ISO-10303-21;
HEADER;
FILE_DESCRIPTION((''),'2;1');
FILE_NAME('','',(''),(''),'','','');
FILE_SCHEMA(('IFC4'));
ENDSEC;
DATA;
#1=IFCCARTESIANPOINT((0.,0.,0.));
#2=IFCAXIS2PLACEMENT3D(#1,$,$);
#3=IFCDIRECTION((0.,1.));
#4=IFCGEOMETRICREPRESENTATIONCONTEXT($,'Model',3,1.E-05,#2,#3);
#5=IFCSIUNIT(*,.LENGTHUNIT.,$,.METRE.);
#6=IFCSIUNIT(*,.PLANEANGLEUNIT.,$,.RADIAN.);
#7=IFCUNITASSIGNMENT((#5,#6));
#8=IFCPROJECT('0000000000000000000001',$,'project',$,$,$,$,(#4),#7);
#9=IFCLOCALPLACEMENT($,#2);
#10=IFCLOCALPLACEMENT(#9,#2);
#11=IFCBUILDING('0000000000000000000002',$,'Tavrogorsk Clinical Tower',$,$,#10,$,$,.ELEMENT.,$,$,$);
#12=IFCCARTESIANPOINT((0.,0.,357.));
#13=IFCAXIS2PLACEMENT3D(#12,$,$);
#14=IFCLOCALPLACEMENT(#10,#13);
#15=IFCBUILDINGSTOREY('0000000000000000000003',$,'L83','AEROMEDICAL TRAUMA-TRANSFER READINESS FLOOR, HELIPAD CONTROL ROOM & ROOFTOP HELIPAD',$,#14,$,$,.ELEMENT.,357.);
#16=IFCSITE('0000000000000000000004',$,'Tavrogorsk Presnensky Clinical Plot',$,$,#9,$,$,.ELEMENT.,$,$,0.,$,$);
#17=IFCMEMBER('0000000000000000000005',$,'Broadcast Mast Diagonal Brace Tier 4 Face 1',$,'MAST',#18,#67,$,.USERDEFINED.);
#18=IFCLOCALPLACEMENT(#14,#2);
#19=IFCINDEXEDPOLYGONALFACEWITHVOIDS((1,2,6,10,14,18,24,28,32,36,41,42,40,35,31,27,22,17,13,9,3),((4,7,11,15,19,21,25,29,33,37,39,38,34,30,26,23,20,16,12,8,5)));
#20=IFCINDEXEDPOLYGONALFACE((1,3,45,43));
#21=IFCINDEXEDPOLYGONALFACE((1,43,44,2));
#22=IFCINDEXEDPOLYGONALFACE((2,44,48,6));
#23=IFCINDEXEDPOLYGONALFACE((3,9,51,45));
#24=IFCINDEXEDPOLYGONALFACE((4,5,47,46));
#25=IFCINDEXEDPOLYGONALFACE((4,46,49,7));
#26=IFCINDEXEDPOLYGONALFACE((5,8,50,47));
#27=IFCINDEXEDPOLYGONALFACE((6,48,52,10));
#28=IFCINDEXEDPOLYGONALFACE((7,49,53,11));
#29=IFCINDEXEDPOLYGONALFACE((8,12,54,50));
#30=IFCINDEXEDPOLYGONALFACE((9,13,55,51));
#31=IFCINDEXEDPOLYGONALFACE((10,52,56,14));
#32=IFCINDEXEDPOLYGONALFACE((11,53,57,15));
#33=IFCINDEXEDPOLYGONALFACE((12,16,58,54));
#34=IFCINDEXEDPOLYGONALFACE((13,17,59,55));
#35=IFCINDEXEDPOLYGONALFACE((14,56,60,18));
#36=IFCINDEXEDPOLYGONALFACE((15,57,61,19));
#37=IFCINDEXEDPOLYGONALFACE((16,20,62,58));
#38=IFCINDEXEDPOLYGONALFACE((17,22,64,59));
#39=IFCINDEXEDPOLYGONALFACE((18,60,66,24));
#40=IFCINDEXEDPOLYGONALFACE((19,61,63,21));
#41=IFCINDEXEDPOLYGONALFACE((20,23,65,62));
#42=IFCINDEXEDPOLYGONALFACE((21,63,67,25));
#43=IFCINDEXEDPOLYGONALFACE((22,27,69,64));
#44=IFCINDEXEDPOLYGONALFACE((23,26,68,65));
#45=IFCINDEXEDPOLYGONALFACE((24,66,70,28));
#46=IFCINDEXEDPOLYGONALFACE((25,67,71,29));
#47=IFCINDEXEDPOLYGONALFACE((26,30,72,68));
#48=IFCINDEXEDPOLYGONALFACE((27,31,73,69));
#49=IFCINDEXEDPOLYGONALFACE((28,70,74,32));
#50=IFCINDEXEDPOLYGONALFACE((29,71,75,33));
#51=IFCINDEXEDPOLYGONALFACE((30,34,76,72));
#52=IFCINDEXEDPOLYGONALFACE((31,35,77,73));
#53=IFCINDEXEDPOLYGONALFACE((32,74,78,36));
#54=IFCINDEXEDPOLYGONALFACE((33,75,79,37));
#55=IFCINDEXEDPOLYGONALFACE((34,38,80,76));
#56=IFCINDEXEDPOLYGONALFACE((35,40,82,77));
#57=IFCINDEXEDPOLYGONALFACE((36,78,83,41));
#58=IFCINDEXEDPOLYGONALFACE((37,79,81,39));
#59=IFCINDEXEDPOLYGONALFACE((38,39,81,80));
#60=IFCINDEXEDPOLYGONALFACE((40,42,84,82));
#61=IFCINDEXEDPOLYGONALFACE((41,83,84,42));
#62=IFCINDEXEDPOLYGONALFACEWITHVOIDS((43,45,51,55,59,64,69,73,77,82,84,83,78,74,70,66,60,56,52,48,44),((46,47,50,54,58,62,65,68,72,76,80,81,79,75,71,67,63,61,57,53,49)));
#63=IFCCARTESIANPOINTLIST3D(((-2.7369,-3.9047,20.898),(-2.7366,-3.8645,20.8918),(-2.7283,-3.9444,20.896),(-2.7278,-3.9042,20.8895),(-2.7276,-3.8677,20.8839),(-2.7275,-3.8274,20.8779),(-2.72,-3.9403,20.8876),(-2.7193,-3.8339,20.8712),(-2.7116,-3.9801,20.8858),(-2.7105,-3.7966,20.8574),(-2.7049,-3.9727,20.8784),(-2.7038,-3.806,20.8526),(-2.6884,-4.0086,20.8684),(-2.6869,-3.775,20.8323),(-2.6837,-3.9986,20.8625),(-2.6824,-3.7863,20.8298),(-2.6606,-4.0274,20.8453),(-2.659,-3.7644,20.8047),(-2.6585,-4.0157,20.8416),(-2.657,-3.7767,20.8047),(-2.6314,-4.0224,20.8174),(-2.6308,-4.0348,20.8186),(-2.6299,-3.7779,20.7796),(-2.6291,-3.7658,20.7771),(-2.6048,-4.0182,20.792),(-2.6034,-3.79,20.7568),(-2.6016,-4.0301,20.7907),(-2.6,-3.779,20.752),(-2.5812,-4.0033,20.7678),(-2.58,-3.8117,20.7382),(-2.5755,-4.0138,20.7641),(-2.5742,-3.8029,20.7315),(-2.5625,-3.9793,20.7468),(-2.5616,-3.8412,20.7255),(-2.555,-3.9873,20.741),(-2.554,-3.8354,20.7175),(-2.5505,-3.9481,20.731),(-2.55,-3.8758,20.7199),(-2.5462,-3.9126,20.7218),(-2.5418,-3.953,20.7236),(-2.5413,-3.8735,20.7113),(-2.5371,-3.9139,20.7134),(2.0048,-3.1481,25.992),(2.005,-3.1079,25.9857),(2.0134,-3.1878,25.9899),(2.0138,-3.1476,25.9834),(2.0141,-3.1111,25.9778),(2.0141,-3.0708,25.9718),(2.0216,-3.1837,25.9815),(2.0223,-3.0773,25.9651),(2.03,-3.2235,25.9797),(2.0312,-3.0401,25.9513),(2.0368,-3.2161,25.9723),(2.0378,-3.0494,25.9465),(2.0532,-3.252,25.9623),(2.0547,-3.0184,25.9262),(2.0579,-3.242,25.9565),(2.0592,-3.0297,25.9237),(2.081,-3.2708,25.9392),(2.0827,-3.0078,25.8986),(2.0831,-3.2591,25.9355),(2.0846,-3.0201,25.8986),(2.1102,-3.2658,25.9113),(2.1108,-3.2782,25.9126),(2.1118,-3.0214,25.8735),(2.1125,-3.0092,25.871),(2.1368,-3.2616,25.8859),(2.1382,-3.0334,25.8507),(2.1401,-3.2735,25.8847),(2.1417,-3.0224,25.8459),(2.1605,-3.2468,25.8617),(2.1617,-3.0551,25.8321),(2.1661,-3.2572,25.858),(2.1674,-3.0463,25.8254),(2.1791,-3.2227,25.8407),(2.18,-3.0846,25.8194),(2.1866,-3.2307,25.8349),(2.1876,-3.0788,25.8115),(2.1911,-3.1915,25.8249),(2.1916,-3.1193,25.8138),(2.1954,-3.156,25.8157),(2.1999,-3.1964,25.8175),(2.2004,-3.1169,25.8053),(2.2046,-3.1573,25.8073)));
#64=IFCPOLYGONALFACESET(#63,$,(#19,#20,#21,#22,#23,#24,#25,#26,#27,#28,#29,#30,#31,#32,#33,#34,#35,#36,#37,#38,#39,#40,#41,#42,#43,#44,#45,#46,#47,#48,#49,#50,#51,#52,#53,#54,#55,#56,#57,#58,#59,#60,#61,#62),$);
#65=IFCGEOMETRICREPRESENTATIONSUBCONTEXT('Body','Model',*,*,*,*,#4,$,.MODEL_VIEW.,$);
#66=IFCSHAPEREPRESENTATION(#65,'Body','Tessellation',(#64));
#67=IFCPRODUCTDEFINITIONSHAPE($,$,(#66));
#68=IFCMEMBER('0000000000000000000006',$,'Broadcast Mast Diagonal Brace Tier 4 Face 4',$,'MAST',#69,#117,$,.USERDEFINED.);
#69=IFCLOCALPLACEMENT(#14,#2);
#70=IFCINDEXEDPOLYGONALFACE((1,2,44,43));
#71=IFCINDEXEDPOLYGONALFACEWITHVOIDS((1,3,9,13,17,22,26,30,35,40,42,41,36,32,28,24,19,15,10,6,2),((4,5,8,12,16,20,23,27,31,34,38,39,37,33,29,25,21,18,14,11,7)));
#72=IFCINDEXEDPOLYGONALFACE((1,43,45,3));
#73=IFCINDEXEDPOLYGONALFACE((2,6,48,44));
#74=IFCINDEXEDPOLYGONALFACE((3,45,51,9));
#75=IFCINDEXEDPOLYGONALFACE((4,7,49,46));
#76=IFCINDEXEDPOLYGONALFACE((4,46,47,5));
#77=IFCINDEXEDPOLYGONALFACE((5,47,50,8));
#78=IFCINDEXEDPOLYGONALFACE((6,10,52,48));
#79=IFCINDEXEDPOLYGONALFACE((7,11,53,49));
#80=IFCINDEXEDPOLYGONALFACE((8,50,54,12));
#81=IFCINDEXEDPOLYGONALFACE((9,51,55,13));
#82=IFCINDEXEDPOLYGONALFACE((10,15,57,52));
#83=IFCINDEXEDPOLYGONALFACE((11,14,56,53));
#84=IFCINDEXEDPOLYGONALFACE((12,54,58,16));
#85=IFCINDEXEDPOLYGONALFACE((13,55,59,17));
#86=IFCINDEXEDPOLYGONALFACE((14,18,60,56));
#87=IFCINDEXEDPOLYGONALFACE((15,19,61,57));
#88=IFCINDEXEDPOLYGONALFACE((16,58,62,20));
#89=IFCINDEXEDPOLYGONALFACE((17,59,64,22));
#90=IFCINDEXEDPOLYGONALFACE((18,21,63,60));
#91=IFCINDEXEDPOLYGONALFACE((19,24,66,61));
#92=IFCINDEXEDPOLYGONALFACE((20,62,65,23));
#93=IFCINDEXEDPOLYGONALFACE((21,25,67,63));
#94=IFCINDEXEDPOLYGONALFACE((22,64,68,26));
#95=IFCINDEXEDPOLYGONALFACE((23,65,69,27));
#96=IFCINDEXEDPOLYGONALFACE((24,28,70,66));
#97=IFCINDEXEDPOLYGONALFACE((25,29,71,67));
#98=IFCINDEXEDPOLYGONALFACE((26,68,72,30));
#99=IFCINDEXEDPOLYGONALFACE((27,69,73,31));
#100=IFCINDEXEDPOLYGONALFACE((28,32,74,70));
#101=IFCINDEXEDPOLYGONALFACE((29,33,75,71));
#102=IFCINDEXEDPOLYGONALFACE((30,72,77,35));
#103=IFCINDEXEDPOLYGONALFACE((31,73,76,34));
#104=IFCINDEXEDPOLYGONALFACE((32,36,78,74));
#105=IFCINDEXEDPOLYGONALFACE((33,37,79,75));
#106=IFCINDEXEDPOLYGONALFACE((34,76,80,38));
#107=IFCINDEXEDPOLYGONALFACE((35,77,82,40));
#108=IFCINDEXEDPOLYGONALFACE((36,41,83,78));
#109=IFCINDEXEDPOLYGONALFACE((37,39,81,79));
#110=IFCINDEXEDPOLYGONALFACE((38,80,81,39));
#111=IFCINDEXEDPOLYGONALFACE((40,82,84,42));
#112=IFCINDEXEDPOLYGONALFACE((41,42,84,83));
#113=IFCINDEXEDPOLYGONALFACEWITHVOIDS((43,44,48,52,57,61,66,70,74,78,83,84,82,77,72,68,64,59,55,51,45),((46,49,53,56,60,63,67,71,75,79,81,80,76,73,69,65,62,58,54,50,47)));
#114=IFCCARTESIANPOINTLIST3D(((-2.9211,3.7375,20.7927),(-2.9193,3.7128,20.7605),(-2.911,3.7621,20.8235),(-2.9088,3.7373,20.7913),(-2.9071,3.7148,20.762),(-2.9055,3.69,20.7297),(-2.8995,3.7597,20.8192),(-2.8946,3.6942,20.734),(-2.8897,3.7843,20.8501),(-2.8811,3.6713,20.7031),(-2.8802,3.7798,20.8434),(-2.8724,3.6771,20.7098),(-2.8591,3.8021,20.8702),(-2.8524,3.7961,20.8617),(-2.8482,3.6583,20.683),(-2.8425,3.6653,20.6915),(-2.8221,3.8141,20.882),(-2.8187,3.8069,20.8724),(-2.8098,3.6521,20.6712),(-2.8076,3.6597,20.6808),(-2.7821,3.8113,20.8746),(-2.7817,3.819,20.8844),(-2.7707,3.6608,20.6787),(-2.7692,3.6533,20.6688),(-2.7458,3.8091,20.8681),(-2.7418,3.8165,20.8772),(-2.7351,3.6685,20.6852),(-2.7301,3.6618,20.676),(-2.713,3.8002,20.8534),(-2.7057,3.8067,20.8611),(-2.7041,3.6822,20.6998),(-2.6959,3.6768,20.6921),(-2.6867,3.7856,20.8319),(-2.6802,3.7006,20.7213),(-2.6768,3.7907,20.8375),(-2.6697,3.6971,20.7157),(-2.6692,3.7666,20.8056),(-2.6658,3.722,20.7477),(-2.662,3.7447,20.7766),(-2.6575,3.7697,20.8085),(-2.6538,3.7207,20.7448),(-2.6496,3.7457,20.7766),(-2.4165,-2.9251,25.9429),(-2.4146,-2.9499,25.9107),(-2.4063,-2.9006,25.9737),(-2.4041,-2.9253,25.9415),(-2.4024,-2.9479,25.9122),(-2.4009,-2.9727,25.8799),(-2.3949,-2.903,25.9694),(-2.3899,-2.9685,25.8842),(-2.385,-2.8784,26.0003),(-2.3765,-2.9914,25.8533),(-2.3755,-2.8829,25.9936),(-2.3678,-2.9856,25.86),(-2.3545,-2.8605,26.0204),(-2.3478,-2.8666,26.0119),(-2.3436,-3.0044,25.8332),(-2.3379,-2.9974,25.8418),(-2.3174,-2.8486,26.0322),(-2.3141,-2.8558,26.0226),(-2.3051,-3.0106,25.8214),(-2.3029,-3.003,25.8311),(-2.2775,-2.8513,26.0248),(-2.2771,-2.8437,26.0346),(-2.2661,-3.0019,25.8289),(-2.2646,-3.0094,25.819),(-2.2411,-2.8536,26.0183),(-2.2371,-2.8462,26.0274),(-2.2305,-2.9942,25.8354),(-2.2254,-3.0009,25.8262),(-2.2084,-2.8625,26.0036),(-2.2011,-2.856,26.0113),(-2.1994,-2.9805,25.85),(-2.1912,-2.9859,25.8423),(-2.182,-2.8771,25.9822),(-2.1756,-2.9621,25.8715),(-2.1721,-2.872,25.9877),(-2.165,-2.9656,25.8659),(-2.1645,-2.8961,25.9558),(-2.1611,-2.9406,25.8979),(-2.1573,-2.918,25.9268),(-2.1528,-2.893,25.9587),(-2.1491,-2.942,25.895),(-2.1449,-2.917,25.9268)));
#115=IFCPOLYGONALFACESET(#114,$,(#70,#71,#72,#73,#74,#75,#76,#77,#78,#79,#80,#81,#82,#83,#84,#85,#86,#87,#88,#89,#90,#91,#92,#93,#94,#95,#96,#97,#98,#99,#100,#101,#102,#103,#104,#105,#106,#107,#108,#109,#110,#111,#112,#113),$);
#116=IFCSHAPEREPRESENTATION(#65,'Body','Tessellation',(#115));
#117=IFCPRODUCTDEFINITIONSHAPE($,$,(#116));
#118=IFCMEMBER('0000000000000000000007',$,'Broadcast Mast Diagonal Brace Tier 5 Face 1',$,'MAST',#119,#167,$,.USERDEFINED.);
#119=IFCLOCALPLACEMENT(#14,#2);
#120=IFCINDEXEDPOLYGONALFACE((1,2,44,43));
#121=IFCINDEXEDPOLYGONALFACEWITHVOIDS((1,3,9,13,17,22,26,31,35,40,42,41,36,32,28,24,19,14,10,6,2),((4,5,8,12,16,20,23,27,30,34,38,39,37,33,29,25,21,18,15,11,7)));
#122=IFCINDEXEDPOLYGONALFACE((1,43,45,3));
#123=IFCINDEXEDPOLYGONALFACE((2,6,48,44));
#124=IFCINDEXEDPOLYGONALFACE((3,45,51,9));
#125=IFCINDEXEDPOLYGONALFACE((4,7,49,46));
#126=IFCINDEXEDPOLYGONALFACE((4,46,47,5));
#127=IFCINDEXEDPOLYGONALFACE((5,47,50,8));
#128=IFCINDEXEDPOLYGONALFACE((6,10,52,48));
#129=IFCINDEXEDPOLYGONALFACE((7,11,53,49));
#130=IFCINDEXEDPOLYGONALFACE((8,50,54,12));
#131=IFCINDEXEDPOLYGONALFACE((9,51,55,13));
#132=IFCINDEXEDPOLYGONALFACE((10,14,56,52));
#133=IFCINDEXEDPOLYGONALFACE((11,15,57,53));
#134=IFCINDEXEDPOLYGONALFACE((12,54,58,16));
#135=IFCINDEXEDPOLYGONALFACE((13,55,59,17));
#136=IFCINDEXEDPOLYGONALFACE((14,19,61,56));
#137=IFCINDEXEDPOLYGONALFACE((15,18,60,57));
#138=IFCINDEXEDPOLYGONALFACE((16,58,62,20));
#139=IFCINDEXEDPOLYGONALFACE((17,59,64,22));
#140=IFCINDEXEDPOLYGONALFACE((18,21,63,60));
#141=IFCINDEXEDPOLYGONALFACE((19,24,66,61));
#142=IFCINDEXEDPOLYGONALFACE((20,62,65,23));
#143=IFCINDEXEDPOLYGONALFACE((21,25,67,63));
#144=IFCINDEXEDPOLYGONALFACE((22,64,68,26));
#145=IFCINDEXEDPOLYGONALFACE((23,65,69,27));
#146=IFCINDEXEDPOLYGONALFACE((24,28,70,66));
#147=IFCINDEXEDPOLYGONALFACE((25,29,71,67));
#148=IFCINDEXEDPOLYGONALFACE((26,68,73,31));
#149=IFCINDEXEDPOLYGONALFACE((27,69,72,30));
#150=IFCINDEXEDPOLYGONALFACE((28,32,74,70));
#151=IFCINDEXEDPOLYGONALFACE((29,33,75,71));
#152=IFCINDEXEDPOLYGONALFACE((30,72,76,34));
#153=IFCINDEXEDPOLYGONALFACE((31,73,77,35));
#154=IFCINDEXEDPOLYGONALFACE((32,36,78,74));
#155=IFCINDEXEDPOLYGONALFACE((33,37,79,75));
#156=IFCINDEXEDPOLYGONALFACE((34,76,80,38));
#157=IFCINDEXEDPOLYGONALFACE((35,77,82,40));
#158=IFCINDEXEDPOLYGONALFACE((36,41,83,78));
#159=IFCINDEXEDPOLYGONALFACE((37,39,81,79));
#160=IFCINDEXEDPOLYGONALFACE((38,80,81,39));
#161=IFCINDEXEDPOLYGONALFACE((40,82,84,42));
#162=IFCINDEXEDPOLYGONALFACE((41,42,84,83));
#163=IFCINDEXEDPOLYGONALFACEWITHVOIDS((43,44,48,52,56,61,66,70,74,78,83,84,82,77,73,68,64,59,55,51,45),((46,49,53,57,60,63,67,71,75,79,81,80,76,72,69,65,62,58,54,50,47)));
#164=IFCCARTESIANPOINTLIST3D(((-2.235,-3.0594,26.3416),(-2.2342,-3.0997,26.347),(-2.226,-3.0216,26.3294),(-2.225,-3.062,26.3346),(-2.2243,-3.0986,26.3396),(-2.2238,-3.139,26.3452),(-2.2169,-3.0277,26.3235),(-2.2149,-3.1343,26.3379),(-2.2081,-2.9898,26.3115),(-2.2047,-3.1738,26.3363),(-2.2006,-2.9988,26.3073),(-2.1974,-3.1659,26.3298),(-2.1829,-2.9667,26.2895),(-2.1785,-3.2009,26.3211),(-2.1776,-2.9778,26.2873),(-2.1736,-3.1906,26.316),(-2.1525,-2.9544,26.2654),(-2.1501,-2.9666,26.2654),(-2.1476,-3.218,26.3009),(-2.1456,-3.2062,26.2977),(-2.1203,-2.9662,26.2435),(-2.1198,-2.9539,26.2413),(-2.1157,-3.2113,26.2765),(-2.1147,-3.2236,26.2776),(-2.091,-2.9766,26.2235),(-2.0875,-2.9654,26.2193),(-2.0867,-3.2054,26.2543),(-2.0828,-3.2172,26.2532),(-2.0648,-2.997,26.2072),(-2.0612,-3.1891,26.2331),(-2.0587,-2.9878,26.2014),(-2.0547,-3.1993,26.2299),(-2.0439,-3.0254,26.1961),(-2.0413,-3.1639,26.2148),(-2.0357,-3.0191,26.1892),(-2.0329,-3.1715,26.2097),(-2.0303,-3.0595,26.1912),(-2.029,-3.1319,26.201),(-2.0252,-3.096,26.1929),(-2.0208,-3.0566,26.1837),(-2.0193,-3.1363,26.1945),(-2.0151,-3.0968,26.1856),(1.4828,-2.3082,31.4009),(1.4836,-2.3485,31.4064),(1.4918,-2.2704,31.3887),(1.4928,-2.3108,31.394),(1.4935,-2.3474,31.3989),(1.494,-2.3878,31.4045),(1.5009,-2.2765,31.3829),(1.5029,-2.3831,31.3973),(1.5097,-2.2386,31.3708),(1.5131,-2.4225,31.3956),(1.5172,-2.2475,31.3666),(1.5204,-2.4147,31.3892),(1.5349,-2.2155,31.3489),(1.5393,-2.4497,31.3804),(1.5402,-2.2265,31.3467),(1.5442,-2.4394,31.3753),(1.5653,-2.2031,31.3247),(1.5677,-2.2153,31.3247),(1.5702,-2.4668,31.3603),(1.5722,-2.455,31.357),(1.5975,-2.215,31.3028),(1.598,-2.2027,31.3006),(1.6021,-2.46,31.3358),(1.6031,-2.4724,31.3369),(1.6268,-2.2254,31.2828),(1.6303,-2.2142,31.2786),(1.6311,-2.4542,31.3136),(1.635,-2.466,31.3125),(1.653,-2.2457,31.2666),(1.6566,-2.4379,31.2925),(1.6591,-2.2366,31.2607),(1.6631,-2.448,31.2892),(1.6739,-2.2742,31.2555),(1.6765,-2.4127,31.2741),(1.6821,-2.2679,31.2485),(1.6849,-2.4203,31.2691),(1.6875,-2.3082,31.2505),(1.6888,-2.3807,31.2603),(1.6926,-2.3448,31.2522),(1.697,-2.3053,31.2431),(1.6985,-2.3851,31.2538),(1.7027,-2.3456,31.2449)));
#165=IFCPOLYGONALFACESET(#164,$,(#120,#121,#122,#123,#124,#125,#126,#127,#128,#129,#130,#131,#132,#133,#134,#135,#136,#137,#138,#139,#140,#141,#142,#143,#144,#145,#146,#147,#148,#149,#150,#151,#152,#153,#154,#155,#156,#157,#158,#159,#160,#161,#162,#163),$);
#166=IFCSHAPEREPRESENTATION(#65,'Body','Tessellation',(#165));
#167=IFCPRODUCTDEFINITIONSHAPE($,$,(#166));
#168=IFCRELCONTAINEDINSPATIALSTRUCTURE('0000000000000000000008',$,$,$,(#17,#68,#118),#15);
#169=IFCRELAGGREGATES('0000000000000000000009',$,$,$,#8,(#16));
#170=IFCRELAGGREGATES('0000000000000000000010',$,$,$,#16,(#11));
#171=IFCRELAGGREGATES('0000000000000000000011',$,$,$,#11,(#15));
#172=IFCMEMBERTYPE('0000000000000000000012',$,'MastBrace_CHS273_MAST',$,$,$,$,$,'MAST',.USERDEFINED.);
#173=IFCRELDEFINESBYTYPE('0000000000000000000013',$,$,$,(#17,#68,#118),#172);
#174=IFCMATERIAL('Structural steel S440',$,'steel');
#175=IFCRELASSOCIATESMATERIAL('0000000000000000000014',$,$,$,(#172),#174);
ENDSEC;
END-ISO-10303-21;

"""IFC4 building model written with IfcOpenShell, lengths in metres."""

from ifc_helpers import new_model, si_unit, direction, frame, origin, origin_2d, place, context, subcontext, project, spatial, hollow_circle, extrude, material, material_profile, profile_set, type_object, element, save


model = new_model("IFC4")

# Units and contexts
model_context = context("Model", 3, precision=1e-05, world=origin(), true_north=direction((0.0, 1.0)))
body_context = subcontext(model_context, "Body", "Model", "MODEL_VIEW")
ifc_project = project(units=[si_unit("LENGTHUNIT", "METRE"), si_unit("PLANEANGLEUNIT", "RADIAN")], contexts=[model_context])

# Site, building, storey
site_placement = place(None, origin())
site = spatial("IfcSite", under=ifc_project, at=site_placement, Name="Tavrogorsk Presnensky Clinical Plot", CompositionType="ELEMENT", RefElevation=0.0)
building_placement = place(site_placement, origin())
building = spatial("IfcBuilding", under=site, at=building_placement, Name="Tavrogorsk Clinical Tower", CompositionType="ELEMENT")
storey_placement = place(building_placement, frame((0.0, 0.0, 357.0)))
storey = spatial("IfcBuildingStorey", under=building, at=storey_placement, Name="L83", Description="AEROMEDICAL TRAUMA-TRANSFER READINESS FLOOR, HELIPAD CONTROL ROOM & ROOFTOP HELIPAD", CompositionType="ELEMENT", Elevation=357.0)

# Members
ifc_material_1 = material(Name="Structural steel S440", Category="steel")
ifc_material_profile_1 = material_profile(ifc_material_1, hollow_circle(Radius=0.1365, WallThickness=0.0125, at=origin_2d()), Name="CHS-273x12.5")
ifc_profile_set_1 = profile_set([ifc_material_profile_1], Name="Structural steel S440")
member_type_1 = type_object("IfcMemberType", Name="MastBrace_CHS273_MAST", ElementType="MAST", PredefinedType="USERDEFINED", material=ifc_profile_set_1)
member_1_placement = place(storey_placement, frame((-2.6375, -3.8992, 20.8047), z_axis=(0.677352, 0.108079, 0.727677), x_axis=(-0.157568, 0.987508, 0.0)))
element("IfcMember", 1, at=member_1_placement, inside=storey, type_object=member_type_1, Name="Broadcast Mast Diagonal Brace Tier 4 Face 1", ObjectType="MAST", PredefinedType="USERDEFINED", context=body_context, shape_type="SweptSolid", body=[
    extrude(hollow_circle(Radius=0.1365, WallThickness=0.0125, at=origin_2d()), origin(), (0.0, 0.0, 1.0), 7.0002),
])
member_2_placement = place(storey_placement, frame((-2.7856, 3.7354, 20.7766), z_axis=(0.059818, -0.789766, 0.610484), x_axis=(0.997144, 0.075526, 0.0)))
element("IfcMember", 2, at=member_2_placement, inside=storey, type_object=member_type_1, Name="Broadcast Mast Diagonal Brace Tier 4 Face 4", ObjectType="MAST", PredefinedType="USERDEFINED", context=body_context, shape_type="SweptSolid", body=[
    extrude(hollow_circle(Radius=0.1365, WallThickness=0.0125, at=origin_2d()), origin(), (0.0, 0.0, 1.0), 8.4363),
])
member_3_placement = place(storey_placement, frame((-2.1255, -3.0881, 26.2654), z_axis=(0.587957, 0.118804, 0.80012), x_axis=(-0.198059, 0.98019, 0.0)))
element("IfcMember", 3, at=member_3_placement, inside=storey, type_object=member_type_1, Name="Broadcast Mast Diagonal Brace Tier 5 Face 1", ObjectType="MAST", PredefinedType="USERDEFINED", context=body_context, shape_type="SweptSolid", body=[
    extrude(hollow_circle(Radius=0.1365, WallThickness=0.0125, at=origin_2d()), origin(), (0.0, 0.0, 1.0), 6.3232),
])

save(model, "model.ifc")
